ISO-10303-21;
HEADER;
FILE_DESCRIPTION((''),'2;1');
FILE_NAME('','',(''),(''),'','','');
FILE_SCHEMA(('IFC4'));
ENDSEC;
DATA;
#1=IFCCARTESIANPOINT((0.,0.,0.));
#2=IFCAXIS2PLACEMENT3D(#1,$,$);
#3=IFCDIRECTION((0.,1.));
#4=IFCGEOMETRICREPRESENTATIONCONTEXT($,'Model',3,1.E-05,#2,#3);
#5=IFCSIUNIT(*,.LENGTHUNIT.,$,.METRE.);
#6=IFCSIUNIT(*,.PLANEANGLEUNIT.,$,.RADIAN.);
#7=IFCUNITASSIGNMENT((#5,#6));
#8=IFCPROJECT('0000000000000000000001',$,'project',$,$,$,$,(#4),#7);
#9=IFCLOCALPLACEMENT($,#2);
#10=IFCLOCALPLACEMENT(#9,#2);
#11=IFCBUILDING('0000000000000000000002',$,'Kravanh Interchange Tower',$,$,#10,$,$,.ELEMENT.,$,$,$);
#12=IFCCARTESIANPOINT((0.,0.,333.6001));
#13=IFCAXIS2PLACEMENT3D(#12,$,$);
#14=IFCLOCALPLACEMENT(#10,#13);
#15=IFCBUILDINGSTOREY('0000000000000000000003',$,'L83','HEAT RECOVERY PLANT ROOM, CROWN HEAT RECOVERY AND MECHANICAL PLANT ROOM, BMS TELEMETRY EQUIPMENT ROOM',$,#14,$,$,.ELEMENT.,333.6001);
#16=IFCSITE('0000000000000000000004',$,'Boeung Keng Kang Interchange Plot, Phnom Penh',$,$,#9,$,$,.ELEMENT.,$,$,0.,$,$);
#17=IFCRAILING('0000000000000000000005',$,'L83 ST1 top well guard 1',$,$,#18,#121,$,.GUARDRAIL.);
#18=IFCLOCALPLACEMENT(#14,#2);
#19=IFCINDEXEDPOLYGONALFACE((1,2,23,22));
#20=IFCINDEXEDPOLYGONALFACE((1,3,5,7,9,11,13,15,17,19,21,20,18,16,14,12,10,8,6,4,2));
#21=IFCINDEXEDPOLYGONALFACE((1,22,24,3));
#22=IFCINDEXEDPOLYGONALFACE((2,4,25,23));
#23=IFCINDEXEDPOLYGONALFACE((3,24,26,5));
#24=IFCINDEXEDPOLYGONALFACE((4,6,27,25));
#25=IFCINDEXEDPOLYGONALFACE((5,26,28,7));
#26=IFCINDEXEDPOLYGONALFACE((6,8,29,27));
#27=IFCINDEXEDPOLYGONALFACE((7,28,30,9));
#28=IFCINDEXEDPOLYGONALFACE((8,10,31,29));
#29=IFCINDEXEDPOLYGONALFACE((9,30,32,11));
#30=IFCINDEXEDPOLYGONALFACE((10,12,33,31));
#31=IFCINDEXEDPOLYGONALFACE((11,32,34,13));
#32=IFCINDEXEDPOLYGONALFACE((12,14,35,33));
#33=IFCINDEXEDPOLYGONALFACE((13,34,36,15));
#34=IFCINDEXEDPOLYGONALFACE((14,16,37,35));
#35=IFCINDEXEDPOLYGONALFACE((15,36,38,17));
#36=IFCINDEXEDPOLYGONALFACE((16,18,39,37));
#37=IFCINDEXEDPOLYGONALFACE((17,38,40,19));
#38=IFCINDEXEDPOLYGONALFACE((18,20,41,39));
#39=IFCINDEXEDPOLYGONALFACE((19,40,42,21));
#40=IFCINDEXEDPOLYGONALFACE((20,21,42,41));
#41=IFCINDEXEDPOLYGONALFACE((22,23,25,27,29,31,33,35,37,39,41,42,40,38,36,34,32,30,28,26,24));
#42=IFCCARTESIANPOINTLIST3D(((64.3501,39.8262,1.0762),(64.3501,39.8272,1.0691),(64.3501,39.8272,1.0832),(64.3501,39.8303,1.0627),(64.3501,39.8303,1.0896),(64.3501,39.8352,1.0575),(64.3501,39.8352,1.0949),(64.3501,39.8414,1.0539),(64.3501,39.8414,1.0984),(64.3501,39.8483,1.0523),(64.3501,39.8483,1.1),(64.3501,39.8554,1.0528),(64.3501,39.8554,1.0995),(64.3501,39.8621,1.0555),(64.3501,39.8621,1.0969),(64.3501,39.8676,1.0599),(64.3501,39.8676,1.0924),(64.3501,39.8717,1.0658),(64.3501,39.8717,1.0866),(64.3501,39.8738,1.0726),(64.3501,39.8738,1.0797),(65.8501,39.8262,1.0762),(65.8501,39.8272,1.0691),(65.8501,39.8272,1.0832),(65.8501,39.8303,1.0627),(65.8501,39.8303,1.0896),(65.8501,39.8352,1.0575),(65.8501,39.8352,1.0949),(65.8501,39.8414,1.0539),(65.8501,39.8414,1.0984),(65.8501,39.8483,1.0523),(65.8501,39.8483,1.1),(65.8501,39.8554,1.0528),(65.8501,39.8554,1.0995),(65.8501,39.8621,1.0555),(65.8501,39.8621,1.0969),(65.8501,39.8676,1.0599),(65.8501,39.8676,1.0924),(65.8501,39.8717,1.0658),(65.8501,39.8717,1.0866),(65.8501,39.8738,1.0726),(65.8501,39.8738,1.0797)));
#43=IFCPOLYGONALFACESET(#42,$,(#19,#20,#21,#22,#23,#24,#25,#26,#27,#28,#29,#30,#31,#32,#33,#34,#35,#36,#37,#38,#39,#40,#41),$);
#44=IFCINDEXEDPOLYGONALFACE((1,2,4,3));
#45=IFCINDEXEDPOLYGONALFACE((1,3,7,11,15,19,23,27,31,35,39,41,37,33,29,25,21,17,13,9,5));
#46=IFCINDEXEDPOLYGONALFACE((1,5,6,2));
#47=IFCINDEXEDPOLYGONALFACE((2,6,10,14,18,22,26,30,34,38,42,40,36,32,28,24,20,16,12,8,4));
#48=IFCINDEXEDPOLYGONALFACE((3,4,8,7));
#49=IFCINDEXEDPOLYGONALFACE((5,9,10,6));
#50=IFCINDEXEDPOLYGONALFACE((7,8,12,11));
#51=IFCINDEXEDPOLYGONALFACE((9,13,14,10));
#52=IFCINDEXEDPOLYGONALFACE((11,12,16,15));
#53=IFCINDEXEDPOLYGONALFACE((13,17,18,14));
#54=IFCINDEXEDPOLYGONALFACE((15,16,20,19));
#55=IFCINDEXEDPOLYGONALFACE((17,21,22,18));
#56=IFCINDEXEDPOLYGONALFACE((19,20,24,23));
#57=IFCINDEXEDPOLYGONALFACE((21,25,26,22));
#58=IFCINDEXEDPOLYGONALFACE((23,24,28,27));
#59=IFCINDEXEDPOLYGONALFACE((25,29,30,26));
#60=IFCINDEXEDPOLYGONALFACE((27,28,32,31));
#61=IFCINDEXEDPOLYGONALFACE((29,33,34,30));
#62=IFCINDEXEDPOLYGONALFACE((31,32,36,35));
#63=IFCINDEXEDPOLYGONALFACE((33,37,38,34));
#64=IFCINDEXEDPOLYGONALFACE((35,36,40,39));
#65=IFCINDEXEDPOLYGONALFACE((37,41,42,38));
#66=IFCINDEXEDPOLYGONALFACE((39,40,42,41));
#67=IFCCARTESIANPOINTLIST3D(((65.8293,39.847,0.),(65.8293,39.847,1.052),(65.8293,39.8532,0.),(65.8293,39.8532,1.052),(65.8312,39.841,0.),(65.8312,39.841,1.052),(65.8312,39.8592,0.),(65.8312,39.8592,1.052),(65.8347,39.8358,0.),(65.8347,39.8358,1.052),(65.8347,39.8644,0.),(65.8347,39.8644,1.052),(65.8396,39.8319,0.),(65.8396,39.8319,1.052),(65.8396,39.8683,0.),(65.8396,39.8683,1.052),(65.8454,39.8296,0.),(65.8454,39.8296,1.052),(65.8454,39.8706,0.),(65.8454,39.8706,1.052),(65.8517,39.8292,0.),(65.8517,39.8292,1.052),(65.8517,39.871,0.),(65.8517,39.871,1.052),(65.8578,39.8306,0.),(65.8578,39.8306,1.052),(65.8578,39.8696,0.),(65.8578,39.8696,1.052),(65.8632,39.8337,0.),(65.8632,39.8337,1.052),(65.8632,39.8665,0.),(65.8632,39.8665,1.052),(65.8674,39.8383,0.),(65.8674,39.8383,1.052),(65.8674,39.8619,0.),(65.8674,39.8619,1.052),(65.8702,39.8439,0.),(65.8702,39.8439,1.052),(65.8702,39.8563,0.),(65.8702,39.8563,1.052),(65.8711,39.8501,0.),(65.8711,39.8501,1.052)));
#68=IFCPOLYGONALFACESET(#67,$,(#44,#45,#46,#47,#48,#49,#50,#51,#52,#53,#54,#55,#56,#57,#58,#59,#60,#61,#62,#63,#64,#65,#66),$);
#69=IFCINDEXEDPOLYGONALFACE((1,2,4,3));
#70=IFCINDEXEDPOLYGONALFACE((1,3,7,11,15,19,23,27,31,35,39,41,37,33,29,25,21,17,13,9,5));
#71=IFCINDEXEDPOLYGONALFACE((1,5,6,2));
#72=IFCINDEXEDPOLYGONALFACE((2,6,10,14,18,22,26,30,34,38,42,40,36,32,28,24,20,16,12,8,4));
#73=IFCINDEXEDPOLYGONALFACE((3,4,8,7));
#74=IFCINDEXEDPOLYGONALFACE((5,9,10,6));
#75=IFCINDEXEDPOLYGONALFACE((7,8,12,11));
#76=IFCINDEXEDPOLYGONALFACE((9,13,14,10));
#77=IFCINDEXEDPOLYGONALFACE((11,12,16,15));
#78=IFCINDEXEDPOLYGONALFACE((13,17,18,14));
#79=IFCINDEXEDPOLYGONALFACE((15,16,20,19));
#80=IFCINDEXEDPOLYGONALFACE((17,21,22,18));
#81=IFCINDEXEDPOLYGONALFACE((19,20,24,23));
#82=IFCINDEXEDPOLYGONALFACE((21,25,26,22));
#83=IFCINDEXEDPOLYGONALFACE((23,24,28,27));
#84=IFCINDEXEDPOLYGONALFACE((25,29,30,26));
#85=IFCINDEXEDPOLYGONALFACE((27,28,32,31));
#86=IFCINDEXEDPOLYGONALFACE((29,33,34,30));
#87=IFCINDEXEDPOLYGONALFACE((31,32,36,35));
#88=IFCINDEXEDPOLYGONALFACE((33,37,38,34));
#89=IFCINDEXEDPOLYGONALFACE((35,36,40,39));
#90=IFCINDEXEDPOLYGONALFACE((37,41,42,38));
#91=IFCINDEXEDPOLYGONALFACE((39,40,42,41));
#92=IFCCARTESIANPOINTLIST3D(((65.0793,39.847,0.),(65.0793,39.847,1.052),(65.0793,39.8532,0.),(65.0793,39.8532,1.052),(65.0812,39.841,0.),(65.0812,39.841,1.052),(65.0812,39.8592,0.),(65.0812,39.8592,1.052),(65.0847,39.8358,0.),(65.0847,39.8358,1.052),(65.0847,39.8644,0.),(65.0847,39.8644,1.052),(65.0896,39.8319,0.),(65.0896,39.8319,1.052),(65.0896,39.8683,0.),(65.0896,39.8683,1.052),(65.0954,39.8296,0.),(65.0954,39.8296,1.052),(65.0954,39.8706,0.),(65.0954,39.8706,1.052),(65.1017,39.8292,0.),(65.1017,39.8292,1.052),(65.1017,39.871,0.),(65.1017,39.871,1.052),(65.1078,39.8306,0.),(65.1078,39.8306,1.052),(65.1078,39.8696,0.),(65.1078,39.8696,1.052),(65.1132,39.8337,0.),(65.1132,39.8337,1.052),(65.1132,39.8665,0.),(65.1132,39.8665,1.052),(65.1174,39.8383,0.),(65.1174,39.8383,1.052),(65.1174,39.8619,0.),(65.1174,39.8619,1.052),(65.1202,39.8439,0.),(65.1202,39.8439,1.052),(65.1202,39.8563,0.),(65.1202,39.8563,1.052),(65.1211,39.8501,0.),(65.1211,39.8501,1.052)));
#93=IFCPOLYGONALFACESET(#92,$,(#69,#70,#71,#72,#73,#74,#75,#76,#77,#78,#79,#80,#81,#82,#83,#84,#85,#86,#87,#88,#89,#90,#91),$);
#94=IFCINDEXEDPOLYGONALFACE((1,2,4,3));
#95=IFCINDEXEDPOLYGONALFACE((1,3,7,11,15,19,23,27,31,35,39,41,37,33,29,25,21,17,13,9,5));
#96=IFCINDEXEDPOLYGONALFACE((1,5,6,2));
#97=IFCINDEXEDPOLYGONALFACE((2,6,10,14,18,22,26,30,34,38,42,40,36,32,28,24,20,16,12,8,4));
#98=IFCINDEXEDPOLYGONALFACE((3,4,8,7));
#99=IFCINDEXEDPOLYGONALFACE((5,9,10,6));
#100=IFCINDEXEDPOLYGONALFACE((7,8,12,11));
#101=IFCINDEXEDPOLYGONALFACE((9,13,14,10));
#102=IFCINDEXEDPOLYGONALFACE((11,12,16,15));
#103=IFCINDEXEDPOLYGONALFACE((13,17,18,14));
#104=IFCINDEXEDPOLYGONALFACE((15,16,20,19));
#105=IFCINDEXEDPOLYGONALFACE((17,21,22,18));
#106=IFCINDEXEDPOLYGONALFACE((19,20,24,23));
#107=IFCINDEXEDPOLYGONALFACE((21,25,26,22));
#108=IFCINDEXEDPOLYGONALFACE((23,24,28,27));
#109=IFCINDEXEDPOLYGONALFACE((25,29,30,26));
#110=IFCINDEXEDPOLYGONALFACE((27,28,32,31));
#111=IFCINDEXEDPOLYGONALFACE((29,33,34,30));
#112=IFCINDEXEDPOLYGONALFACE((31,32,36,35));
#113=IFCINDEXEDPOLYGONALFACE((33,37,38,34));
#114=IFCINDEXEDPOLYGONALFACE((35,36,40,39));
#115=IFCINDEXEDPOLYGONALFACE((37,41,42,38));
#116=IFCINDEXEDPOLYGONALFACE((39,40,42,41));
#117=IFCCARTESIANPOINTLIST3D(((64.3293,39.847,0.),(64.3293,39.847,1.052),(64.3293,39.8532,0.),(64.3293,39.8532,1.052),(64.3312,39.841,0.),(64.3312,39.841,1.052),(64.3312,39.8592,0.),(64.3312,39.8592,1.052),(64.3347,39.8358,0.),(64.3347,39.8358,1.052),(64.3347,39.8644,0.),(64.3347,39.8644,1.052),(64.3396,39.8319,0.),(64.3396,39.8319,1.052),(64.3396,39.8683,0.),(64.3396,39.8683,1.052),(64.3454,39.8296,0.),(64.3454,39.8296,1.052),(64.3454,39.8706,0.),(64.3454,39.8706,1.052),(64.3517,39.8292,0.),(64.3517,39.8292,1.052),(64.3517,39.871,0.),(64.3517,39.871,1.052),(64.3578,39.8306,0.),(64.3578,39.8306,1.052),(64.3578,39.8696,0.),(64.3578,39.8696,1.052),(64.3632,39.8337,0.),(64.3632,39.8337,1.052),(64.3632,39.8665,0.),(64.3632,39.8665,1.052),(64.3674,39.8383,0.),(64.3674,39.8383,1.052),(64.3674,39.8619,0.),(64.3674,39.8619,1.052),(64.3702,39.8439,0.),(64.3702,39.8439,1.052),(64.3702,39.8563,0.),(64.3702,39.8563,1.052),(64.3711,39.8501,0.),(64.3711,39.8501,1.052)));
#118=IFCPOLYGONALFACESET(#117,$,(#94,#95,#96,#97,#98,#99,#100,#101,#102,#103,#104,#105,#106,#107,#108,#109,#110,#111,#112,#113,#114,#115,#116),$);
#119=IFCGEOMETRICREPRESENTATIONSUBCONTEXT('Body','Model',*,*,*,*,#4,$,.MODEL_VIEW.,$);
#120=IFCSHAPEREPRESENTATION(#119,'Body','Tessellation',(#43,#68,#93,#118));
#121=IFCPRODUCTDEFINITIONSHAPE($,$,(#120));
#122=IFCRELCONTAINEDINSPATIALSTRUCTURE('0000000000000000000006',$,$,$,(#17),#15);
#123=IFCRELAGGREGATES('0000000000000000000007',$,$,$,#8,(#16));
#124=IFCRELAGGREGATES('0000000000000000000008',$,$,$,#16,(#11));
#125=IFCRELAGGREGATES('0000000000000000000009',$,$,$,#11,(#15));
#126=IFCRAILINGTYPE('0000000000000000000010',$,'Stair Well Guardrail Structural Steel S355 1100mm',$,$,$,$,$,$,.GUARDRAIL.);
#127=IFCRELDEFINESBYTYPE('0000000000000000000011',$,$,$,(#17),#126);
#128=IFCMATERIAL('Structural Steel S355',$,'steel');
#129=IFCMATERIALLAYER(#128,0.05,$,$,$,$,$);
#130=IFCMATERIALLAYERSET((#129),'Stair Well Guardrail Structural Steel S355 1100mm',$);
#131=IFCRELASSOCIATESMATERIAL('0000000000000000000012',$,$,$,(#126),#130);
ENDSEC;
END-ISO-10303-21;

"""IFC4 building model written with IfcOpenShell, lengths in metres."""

from ifc_helpers import new_model, si_unit, direction, frame, origin, origin_2d, place, context, subcontext, project, spatial, circle, extrude, material, layer, layer_set, type_object, element, save


model = new_model("IFC4")

# Units and contexts
model_context = context("Model", 3, precision=1e-05, world=origin(), true_north=direction((0.0, 1.0)))
body_context = subcontext(model_context, "Body", "Model", "MODEL_VIEW")
ifc_project = project(units=[si_unit("LENGTHUNIT", "METRE"), si_unit("PLANEANGLEUNIT", "RADIAN")], contexts=[model_context])

# Site, building, storey
site_placement = place(None, origin())
site = spatial("IfcSite", under=ifc_project, at=site_placement, Name="Boeung Keng Kang Interchange Plot, Phnom Penh", CompositionType="ELEMENT", RefElevation=0.0)
building_placement = place(site_placement, origin())
building = spatial("IfcBuilding", under=site, at=building_placement, Name="Kravanh Interchange Tower", CompositionType="ELEMENT")
storey_placement = place(building_placement, frame((0.0, 0.0, 333.6001)))
storey = spatial("IfcBuildingStorey", under=building, at=storey_placement, Name="L83", Description="HEAT RECOVERY PLANT ROOM, CROWN HEAT RECOVERY AND MECHANICAL PLANT ROOM, BMS TELEMETRY EQUIPMENT ROOM", CompositionType="ELEMENT", Elevation=333.6001)

# Railing
ifc_material_1 = material(Name="Structural Steel S355", Category="steel")
ifc_layer_1 = layer(ifc_material_1, 0.05)
ifc_layer_set_1 = layer_set([ifc_layer_1], Name="Stair Well Guardrail Structural Steel S355 1100mm")
railing_type = type_object("IfcRailingType", Name="Stair Well Guardrail Structural Steel S355 1100mm", PredefinedType="GUARDRAIL", material=ifc_layer_set_1)
for number, where, name in (
    (1, (65.8501, 39.8501, 0.0), "L83 ST1 top well guard 1"),
):
    element("IfcRailing", number, at=place(storey_placement, frame(where)), inside=storey, type_object=railing_type, Name=name, PredefinedType="GUARDRAIL", context=body_context, shape_type="SweptSolid", body=[
        extrude(circle(Radius=0.0239, at=origin_2d()), frame((0.0, 0.0, 1.0762), z_axis=(-1.0, 0.0, 0.0), x_axis=(0.0, -1.0, 0.0)), (0.0, 0.0, 1.0), 1.5),
        extrude(circle(Radius=0.021, at=origin_2d()), origin(), (0.0, 0.0, 1.0), 1.052),
        extrude(circle(Radius=0.021, at=origin_2d()), frame((-0.75, 0.0, 0.0)), (0.0, 0.0, 1.0), 1.052),
        extrude(circle(Radius=0.021, at=origin_2d()), frame((-1.5, 0.0, 0.0)), (0.0, 0.0, 1.0), 1.052),
    ])

save(model, "model.ifc")
